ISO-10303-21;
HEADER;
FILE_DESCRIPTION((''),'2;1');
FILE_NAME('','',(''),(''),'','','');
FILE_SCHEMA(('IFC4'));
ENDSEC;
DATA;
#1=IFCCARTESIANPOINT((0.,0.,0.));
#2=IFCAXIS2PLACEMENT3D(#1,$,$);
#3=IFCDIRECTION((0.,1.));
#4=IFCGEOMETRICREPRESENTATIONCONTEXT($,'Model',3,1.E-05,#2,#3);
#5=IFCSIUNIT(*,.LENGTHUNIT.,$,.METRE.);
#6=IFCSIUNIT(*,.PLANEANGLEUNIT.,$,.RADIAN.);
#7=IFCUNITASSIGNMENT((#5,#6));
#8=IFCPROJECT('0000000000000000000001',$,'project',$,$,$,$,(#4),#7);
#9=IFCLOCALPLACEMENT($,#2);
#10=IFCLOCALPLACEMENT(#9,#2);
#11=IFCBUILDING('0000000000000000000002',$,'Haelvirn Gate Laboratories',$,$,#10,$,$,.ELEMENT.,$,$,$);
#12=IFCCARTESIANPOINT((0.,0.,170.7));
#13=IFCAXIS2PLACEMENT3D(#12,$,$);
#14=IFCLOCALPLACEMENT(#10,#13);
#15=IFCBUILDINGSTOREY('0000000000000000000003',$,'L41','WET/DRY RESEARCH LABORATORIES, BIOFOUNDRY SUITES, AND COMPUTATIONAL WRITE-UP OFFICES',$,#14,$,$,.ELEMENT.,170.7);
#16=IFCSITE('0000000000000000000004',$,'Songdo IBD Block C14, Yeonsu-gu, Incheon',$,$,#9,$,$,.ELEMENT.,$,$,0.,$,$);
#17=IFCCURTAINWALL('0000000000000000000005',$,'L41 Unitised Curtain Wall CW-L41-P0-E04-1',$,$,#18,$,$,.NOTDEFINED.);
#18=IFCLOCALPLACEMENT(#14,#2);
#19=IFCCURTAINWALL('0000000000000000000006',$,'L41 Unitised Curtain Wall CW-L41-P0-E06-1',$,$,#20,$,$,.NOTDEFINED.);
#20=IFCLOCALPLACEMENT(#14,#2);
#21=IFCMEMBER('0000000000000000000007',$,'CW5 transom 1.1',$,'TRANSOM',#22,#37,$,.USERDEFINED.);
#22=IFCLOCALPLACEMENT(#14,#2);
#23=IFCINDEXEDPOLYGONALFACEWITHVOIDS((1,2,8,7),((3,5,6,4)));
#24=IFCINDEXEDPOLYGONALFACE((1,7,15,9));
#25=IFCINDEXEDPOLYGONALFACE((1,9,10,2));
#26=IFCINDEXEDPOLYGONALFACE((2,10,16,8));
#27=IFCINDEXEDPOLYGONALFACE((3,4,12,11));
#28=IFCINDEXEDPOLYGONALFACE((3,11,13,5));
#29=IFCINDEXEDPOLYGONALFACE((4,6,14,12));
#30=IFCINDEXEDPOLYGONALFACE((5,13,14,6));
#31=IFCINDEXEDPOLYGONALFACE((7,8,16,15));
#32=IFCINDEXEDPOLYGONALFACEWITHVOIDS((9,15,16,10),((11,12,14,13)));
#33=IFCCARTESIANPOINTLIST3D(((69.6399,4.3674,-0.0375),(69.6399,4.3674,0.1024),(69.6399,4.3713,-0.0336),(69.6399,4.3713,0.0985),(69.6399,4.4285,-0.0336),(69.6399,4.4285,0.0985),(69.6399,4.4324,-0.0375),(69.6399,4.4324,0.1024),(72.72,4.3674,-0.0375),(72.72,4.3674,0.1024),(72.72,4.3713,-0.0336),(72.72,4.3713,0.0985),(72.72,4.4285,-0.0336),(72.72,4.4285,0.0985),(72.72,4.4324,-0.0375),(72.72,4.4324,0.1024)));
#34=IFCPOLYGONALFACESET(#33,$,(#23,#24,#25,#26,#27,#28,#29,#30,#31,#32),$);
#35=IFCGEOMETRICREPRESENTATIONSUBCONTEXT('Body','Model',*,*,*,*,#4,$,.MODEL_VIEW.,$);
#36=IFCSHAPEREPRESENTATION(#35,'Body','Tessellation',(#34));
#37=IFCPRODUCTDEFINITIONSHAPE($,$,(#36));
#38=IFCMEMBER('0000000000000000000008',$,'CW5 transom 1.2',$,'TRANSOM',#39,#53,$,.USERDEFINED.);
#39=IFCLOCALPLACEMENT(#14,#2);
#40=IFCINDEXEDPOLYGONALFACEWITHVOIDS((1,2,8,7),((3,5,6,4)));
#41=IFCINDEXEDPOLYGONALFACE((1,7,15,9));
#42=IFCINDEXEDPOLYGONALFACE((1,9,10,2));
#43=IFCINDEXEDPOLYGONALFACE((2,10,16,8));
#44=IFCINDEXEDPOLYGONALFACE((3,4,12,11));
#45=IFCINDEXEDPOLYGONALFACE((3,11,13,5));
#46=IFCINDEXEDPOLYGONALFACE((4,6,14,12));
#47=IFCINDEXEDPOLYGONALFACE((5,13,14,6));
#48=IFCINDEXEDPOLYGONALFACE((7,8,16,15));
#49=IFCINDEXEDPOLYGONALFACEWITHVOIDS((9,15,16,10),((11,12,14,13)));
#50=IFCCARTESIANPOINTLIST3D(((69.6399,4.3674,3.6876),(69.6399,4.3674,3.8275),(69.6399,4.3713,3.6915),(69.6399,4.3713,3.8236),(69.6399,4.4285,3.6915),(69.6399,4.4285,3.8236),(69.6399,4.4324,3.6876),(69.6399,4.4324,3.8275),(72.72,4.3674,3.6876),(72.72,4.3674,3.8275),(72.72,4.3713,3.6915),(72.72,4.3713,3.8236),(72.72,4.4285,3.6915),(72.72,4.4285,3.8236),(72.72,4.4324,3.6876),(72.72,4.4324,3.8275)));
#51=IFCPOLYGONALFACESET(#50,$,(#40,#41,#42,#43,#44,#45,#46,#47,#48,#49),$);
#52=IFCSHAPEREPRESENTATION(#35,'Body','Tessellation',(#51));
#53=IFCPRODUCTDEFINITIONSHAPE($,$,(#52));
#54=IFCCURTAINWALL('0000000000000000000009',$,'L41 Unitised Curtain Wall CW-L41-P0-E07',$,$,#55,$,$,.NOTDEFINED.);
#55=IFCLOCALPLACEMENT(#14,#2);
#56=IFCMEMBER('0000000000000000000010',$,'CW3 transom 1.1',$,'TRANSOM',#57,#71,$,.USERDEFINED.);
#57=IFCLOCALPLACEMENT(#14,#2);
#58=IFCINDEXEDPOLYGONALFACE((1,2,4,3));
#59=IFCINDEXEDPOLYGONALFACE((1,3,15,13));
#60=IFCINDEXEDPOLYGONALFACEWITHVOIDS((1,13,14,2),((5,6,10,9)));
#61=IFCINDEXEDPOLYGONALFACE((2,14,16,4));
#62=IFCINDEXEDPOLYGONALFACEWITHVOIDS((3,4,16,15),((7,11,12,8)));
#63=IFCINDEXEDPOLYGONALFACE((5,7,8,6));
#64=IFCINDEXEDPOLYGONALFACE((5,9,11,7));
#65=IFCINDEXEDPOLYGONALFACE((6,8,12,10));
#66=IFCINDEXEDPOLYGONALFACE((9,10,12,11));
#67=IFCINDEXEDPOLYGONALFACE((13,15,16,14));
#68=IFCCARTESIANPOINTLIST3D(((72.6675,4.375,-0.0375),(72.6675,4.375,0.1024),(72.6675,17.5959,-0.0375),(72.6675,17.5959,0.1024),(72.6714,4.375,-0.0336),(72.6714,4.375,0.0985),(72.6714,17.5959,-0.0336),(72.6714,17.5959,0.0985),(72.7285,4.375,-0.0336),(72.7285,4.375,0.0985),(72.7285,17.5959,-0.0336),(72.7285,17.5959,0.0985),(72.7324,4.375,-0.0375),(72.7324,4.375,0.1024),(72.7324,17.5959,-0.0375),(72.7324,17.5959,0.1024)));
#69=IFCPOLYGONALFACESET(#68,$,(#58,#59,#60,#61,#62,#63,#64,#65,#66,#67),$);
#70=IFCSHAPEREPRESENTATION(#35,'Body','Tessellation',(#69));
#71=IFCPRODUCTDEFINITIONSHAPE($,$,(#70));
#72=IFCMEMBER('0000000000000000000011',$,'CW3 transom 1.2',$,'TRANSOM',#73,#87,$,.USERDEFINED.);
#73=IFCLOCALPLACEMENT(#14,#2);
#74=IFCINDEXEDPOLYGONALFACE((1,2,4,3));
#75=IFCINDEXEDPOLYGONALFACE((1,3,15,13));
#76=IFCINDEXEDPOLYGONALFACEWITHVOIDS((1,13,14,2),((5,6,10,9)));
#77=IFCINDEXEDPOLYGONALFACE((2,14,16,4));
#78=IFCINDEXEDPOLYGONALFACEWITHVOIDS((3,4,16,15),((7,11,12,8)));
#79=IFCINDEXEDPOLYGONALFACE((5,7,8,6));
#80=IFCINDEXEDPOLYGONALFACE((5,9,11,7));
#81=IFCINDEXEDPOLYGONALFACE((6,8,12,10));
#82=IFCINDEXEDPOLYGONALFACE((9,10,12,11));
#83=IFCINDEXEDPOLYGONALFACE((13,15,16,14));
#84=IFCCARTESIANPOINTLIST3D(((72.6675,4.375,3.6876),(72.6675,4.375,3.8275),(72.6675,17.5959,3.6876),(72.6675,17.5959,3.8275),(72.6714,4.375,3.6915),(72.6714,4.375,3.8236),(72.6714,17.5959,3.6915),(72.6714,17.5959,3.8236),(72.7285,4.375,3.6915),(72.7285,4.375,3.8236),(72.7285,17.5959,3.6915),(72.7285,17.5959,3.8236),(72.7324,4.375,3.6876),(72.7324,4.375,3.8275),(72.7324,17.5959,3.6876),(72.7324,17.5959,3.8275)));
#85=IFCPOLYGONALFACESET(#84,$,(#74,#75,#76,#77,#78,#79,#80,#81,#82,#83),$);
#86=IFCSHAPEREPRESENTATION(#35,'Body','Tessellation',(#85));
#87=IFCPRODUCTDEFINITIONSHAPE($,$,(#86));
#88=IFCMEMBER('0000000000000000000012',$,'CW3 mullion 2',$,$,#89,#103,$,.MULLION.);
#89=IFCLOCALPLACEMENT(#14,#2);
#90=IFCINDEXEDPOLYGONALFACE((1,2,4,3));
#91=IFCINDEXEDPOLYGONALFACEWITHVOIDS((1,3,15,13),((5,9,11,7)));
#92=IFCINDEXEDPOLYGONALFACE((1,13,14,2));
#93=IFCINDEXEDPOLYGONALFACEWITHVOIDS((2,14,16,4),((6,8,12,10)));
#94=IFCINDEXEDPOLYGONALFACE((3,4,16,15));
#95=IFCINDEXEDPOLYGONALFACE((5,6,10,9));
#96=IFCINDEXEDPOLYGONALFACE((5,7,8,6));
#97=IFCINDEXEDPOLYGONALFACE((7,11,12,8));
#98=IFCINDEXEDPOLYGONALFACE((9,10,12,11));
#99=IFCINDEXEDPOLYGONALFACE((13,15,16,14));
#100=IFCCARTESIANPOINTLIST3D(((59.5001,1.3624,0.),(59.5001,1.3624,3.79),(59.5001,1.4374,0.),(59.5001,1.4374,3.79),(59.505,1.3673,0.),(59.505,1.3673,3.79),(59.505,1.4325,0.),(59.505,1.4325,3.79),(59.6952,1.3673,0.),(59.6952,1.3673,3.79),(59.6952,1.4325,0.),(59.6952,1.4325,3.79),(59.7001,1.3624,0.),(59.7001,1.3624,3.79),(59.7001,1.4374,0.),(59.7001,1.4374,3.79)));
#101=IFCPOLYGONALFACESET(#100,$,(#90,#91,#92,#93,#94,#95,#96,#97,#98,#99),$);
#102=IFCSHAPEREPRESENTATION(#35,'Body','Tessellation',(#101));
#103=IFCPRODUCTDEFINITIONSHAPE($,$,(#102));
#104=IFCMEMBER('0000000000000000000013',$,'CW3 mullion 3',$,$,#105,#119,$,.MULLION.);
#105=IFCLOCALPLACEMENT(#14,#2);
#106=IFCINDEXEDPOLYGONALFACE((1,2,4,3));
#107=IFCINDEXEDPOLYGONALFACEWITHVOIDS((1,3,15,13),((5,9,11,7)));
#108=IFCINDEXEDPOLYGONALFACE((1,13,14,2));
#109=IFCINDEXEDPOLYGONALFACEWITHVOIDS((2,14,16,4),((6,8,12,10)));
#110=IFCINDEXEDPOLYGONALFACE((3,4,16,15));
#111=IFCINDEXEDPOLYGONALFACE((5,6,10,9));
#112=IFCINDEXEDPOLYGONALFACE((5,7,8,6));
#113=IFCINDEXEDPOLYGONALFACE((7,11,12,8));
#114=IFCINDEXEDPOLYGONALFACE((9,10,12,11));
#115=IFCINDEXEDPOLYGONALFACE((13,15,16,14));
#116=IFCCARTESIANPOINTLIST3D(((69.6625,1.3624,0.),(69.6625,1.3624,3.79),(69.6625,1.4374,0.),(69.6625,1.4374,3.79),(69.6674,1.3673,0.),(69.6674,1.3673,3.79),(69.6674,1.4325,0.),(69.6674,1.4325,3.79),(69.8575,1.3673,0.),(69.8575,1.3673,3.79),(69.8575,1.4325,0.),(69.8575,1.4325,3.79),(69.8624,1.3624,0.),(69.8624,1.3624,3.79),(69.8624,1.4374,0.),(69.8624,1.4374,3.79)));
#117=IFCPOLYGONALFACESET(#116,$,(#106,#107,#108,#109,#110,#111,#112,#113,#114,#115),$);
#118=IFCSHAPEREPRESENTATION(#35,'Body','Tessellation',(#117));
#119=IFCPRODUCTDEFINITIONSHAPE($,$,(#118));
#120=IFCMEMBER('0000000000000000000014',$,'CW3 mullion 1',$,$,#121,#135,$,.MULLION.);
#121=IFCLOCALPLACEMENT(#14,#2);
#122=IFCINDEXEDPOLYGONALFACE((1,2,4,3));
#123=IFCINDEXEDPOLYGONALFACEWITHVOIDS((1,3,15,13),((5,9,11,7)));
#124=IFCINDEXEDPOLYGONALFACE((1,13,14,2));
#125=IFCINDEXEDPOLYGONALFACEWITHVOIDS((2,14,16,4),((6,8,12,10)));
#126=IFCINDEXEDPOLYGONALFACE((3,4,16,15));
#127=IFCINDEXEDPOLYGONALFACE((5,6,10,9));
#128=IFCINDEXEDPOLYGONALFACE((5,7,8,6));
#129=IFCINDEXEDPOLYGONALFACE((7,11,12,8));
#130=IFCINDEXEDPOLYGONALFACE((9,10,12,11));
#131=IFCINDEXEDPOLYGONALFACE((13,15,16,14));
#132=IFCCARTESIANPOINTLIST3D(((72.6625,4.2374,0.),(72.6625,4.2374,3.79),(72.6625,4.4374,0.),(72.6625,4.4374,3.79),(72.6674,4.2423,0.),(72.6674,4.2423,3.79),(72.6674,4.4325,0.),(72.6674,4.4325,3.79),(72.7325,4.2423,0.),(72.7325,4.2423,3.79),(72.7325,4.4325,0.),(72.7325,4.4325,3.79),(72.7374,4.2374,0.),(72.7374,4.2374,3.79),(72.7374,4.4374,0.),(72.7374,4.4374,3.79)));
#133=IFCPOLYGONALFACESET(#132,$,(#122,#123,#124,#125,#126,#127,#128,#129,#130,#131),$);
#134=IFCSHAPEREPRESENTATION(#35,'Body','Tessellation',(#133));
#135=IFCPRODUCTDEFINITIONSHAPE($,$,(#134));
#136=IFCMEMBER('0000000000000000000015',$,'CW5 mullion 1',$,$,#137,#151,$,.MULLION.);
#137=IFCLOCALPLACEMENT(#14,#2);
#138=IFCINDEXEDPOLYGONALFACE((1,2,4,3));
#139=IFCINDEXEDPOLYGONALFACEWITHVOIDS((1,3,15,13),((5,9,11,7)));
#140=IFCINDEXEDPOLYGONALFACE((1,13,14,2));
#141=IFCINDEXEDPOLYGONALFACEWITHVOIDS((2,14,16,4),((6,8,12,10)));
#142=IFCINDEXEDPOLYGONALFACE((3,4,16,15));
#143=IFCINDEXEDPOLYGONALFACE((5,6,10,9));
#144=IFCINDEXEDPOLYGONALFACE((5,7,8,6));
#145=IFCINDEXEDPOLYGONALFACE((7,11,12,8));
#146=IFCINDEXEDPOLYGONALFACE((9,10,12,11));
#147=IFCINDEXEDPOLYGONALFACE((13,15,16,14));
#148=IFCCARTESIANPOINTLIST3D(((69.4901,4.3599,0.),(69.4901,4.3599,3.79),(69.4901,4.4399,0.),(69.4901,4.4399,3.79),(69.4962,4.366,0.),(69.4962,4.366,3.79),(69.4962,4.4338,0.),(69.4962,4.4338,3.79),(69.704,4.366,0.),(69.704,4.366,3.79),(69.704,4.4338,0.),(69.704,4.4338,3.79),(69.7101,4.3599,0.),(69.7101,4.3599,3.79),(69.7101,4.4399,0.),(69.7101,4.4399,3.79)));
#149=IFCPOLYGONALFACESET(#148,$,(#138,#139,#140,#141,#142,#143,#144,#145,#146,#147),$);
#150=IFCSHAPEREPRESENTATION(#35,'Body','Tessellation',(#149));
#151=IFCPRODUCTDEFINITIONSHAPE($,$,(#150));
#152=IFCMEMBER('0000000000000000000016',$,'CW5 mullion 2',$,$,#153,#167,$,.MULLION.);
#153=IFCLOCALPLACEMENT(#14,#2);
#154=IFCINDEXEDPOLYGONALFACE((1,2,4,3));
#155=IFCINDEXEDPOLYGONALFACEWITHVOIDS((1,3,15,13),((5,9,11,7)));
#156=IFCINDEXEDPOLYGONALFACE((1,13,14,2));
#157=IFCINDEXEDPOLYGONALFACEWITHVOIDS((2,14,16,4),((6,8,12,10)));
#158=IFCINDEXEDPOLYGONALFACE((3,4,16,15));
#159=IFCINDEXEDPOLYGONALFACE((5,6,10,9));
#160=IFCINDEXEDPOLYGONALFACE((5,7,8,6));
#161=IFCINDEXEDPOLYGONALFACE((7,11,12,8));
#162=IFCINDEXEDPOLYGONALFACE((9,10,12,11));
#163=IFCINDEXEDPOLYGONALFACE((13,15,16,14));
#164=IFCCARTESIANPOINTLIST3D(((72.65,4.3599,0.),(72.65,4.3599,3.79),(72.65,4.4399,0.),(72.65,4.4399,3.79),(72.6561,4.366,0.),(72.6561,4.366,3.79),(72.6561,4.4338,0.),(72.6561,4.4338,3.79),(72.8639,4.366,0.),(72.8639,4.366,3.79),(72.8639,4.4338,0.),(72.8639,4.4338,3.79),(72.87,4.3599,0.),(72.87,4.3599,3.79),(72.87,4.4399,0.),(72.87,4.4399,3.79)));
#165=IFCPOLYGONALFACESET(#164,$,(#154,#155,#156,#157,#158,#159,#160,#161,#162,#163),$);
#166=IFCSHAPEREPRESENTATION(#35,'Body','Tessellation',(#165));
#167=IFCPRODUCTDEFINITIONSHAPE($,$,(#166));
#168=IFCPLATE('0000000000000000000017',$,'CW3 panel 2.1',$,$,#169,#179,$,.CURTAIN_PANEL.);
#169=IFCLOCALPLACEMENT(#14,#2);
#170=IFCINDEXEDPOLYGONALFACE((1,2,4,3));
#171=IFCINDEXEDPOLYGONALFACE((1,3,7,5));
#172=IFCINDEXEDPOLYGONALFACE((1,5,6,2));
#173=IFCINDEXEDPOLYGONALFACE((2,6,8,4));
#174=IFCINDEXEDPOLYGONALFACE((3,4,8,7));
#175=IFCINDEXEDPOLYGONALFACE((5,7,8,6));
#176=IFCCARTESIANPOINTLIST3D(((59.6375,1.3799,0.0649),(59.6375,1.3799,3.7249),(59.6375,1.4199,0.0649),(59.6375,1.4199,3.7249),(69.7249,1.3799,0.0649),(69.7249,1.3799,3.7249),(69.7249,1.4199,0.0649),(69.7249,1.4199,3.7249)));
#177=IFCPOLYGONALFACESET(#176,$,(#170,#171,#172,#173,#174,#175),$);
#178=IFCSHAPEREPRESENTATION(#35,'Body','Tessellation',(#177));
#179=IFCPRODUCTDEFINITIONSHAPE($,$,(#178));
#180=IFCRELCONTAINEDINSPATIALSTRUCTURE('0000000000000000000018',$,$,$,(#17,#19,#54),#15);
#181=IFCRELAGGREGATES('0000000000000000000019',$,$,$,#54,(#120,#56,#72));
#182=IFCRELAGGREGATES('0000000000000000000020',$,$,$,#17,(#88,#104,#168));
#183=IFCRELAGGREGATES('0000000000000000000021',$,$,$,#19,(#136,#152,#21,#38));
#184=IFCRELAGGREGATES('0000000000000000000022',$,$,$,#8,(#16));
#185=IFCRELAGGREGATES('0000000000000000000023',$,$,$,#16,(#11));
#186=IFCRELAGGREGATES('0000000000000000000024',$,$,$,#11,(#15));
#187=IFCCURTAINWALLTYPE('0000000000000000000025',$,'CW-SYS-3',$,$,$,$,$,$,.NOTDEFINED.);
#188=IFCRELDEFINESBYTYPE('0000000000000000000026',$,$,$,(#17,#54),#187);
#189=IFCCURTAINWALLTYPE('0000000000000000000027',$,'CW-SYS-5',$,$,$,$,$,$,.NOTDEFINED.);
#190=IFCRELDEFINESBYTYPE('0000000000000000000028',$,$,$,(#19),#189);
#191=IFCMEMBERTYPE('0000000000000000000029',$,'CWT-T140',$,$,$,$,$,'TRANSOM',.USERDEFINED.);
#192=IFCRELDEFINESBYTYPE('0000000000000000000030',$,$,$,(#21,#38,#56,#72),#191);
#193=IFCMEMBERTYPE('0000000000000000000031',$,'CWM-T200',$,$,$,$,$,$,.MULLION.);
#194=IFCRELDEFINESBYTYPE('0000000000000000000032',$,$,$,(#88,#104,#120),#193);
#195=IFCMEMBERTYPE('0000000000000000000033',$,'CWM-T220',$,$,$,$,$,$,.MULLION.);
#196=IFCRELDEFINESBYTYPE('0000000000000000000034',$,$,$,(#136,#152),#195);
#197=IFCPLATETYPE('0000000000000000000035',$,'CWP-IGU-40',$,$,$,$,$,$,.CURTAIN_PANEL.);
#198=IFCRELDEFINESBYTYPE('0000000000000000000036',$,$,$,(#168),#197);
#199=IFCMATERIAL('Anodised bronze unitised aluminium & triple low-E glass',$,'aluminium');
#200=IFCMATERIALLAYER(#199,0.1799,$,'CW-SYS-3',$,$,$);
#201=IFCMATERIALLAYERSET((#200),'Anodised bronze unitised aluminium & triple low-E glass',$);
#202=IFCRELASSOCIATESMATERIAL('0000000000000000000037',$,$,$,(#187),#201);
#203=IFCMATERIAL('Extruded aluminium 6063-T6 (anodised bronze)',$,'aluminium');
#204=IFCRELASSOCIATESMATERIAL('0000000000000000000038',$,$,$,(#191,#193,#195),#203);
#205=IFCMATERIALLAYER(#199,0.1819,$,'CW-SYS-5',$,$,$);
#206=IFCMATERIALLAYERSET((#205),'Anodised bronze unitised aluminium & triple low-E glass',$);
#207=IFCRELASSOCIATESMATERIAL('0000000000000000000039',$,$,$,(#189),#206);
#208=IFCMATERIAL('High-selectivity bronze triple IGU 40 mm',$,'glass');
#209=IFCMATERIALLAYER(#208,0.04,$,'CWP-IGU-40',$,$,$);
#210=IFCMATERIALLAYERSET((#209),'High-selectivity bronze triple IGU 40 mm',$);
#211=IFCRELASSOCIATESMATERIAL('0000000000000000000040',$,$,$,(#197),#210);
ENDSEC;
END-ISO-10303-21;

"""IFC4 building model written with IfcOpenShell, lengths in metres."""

from ifc_helpers import new_model, si_unit, direction, frame, origin, origin_2d, place, context, subcontext, project, spatial, rectangle, hollow_rectangle, extrude, source, transform, mapped, material, layer, layer_set, material_profile, profile_set, type_object, type_shapes, element, aggregate, save


model = new_model("IFC4")

# Units and contexts
model_context = context("Model", 3, precision=1e-05, world=origin(), true_north=direction((0.0, 1.0)))
body_context = subcontext(model_context, "Body", "Model", "MODEL_VIEW")
ifc_project = project(units=[si_unit("LENGTHUNIT", "METRE"), si_unit("PLANEANGLEUNIT", "RADIAN")], contexts=[model_context])

# Site, building, storey
site_placement = place(None, origin())
site = spatial("IfcSite", under=ifc_project, at=site_placement, Name="Songdo IBD Block C14, Yeonsu-gu, Incheon", CompositionType="ELEMENT", RefElevation=0.0)
building_placement = place(site_placement, origin())
building = spatial("IfcBuilding", under=site, at=building_placement, Name="Haelvirn Gate Laboratories", CompositionType="ELEMENT")
storey_placement = place(building_placement, frame((0.0, 0.0, 170.7)))
storey = spatial("IfcBuildingStorey", under=building, at=storey_placement, Name="L41", Description="WET/DRY RESEARCH LABORATORIES, BIOFOUNDRY SUITES, AND COMPUTATIONAL WRITE-UP OFFICES", CompositionType="ELEMENT", Elevation=170.7)

# Curtain walls, members
ifc_material_1 = material(Name="Anodised bronze unitised aluminium & triple low-E glass", Category="aluminium")
ifc_layer_1 = layer(ifc_material_1, 0.1799, Name="CW-SYS-3")
ifc_layer_set_1 = layer_set([ifc_layer_1], Name="Anodised bronze unitised aluminium & triple low-E glass")
curtain_wall_type_1 = type_object("IfcCurtainWallType", Name="CW-SYS-3", PredefinedType="NOTDEFINED", material=ifc_layer_set_1)
curtain_wall_1_placement = place(storey_placement, origin())
curtain_wall_1 = element("IfcCurtainWall", 1, at=curtain_wall_1_placement, inside=storey, type_object=curtain_wall_type_1, Name="L41 Unitised Curtain Wall CW-L41-P0-E04-1", PredefinedType="NOTDEFINED")
ifc_material_2 = material(Name="Extruded aluminium 6063-T6 (anodised bronze)", Category="aluminium")
ifc_material_profile_1 = material_profile(ifc_material_2, hollow_rectangle(XDim=0.0649, YDim=0.1399, WallThickness=0.0039, at=origin_2d()), Name="CWT-140x65x4")
ifc_profile_set_1 = profile_set([ifc_material_profile_1], Name="Extruded aluminium 6063-T6 (anodised bronze)")
member_type_1 = type_object("IfcMemberType", Name="CWT-T140", ElementType="TRANSOM", PredefinedType="USERDEFINED", material=ifc_profile_set_1)
ifc_layer_2 = layer(ifc_material_1, 0.1819, Name="CW-SYS-5")
ifc_layer_set_2 = layer_set([ifc_layer_2], Name="Anodised bronze unitised aluminium & triple low-E glass")
curtain_wall_type_2 = type_object("IfcCurtainWallType", Name="CW-SYS-5", PredefinedType="NOTDEFINED", material=ifc_layer_set_2)
curtain_wall_2_placement = place(storey_placement, origin())
curtain_wall_2 = element("IfcCurtainWall", 2, at=curtain_wall_2_placement, inside=storey, type_object=curtain_wall_type_2, Name="L41 Unitised Curtain Wall CW-L41-P0-E06-1", PredefinedType="NOTDEFINED")
shared_shape_1 = source(origin(), body_context, "Body", "SweptSolid", [
    extrude(hollow_rectangle(XDim=0.0649, YDim=0.1399, WallThickness=0.0039, at=origin_2d()), origin(), (0.0, 0.0, 1.0), 3.0801),
])
member_1_placement = place(storey_placement, frame((69.6399, 4.3999, 0.0325), z_axis=(1.0, 0.0, 0.0), x_axis=(0.0, 1.0, 0.0)))
member_1 = element("IfcMember", 3, at=member_1_placement, type_object=member_type_1, Name="CW5 transom 1.1", ObjectType="TRANSOM", PredefinedType="USERDEFINED", context=body_context, shape_type="MappedRepresentation", body=[
    mapped(shared_shape_1, transform((0.0, 0.0, 0.0), scale=1.0)),
])
member_2_placement = place(storey_placement, frame((69.6399, 4.3999, 3.7576), z_axis=(1.0, 0.0, 0.0), x_axis=(0.0, 1.0, 0.0)))
member_2 = element("IfcMember", 4, at=member_2_placement, type_object=member_type_1, Name="CW5 transom 1.2", ObjectType="TRANSOM", PredefinedType="USERDEFINED", context=body_context, shape_type="MappedRepresentation", body=[
    mapped(shared_shape_1, transform((0.0, 0.0, 0.0), scale=1.0)),
])
curtain_wall_3_placement = place(storey_placement, origin())
curtain_wall_3 = element("IfcCurtainWall", 5, at=curtain_wall_3_placement, inside=storey, type_object=curtain_wall_type_1, Name="L41 Unitised Curtain Wall CW-L41-P0-E07", PredefinedType="NOTDEFINED")
shared_shape_2 = source(origin(), body_context, "Body", "SweptSolid", [
    extrude(hollow_rectangle(XDim=0.0649, YDim=0.1399, WallThickness=0.0039, at=origin_2d()), origin(), (0.0, 0.0, 1.0), 13.2209),
])
member_3_placement = place(storey_placement, frame((72.7, 4.375, 0.0325), z_axis=(0.0, 1.0, 0.0), x_axis=(-1.0, 0.0, 0.0)))
member_3 = element("IfcMember", 6, at=member_3_placement, type_object=member_type_1, Name="CW3 transom 1.1", ObjectType="TRANSOM", PredefinedType="USERDEFINED", context=body_context, shape_type="MappedRepresentation", body=[
    mapped(shared_shape_2, transform((0.0, 0.0, 0.0), scale=1.0)),
])
member_4_placement = place(storey_placement, frame((72.7, 4.375, 3.7576), z_axis=(0.0, 1.0, 0.0), x_axis=(-1.0, 0.0, 0.0)))
member_4 = element("IfcMember", 7, at=member_4_placement, type_object=member_type_1, Name="CW3 transom 1.2", ObjectType="TRANSOM", PredefinedType="USERDEFINED", context=body_context, shape_type="MappedRepresentation", body=[
    mapped(shared_shape_2, transform((0.0, 0.0, 0.0), scale=1.0)),
])

# Members
ifc_material_profile_2 = material_profile(ifc_material_2, hollow_rectangle(XDim=0.075, YDim=0.2, WallThickness=0.0049, at=origin_2d()), Name="CWM-200x75x5")
ifc_profile_set_2 = profile_set([ifc_material_profile_2], Name="Extruded aluminium 6063-T6 (anodised bronze)")
member_type_2 = type_object("IfcMemberType", Name="CWM-T200", PredefinedType="MULLION", material=ifc_profile_set_2)
shared_shape_3 = source(origin(), body_context, "Body", "SweptSolid", [
    extrude(hollow_rectangle(XDim=0.075, YDim=0.2, WallThickness=0.0049, at=origin_2d()), origin(), (0.0, 0.0, 1.0), 3.79),
])
type_shapes(member_type_2, [shared_shape_3])
member_5_placement = place(storey_placement, frame((59.6001, 1.3999, 0.0), z_axis=(0.0, 0.0, 1.0), x_axis=(0.0, 1.0, 0.0)))
member_5 = element("IfcMember", 8, at=member_5_placement, type_object=member_type_2, Name="CW3 mullion 2", PredefinedType="MULLION", context=body_context, shape_type="MappedRepresentation", body=[
    mapped(shared_shape_3, transform((0.0, 0.0, 0.0), scale=1.0)),
])
member_6_placement = place(storey_placement, frame((69.7625, 1.3999, 0.0), z_axis=(0.0, 0.0, 1.0), x_axis=(0.0, 1.0, 0.0)))
member_6 = element("IfcMember", 9, at=member_6_placement, type_object=member_type_2, Name="CW3 mullion 3", PredefinedType="MULLION", context=body_context, shape_type="MappedRepresentation", body=[
    mapped(shared_shape_3, transform((0.0, 0.0, 0.0), scale=1.0)),
])
member_7_placement = place(storey_placement, frame((72.7, 4.3374, 0.0), z_axis=(0.0, 0.0, 1.0), x_axis=(-1.0, 0.0, 0.0)))
member_7 = element("IfcMember", 10, at=member_7_placement, type_object=member_type_2, Name="CW3 mullion 1", PredefinedType="MULLION", context=body_context, shape_type="MappedRepresentation", body=[
    mapped(shared_shape_3, transform((0.0, 0.0, 0.0), scale=1.0)),
])
aggregate(curtain_wall_3, [member_7, member_3, member_4])
ifc_material_profile_3 = material_profile(ifc_material_2, hollow_rectangle(XDim=0.0801, YDim=0.22, WallThickness=0.0061, at=origin_2d()), Name="CWM-220x80x6")
ifc_profile_set_3 = profile_set([ifc_material_profile_3], Name="Extruded aluminium 6063-T6 (anodised bronze)")
member_type_3 = type_object("IfcMemberType", Name="CWM-T220", PredefinedType="MULLION", material=ifc_profile_set_3)
shared_shape_4 = source(origin(), body_context, "Body", "SweptSolid", [
    extrude(hollow_rectangle(XDim=0.0801, YDim=0.22, WallThickness=0.0061, at=origin_2d()), origin(), (0.0, 0.0, 1.0), 3.79),
])
type_shapes(member_type_3, [shared_shape_4])
member_8_placement = place(storey_placement, frame((69.6001, 4.3999, 0.0), z_axis=(0.0, 0.0, 1.0), x_axis=(0.0, 1.0, 0.0)))
member_8 = element("IfcMember", 11, at=member_8_placement, type_object=member_type_3, Name="CW5 mullion 1", PredefinedType="MULLION", context=body_context, shape_type="MappedRepresentation", body=[
    mapped(shared_shape_4, transform((0.0, 0.0, 0.0), scale=1.0)),
])
member_9_placement = place(storey_placement, frame((72.76, 4.3999, 0.0), z_axis=(0.0, 0.0, 1.0), x_axis=(0.0, 1.0, 0.0)))
member_9 = element("IfcMember", 12, at=member_9_placement, type_object=member_type_3, Name="CW5 mullion 2", PredefinedType="MULLION", context=body_context, shape_type="MappedRepresentation", body=[
    mapped(shared_shape_4, transform((0.0, 0.0, 0.0), scale=1.0)),
])

# Plate
ifc_material_3 = material(Name="High-selectivity bronze triple IGU 40 mm", Category="glass")
ifc_layer_3 = layer(ifc_material_3, 0.04, Name="CWP-IGU-40")
ifc_layer_set_3 = layer_set([ifc_layer_3], Name="High-selectivity bronze triple IGU 40 mm")
plate_type_1 = type_object("IfcPlateType", Name="CWP-IGU-40", PredefinedType="CURTAIN_PANEL", material=ifc_layer_set_3)
shared_shape_5 = source(origin(), body_context, "Body", "SweptSolid", [
    extrude(rectangle(XDim=10.0874, YDim=0.04, at=origin_2d()), origin(), (0.0, 0.0, 1.0), 3.6599),
])
type_shapes(plate_type_1, [shared_shape_5])
plate_1_placement = place(storey_placement, frame((64.6812, 1.3999, 0.0649), z_axis=(0.0, 0.0, 1.0), x_axis=(1.0, 0.0, 0.0)))
plate_1 = element("IfcPlate", 13, at=plate_1_placement, type_object=plate_type_1, Name="CW3 panel 2.1", PredefinedType="CURTAIN_PANEL", context=body_context, shape_type="MappedRepresentation", body=[
    mapped(shared_shape_5, transform((0.0, 0.0, 0.0), scale=1.0)),
])
aggregate(curtain_wall_1, [member_5, member_6, plate_1])
aggregate(curtain_wall_2, [member_8, member_9, member_1, member_2])

save(model, "model.ifc")
